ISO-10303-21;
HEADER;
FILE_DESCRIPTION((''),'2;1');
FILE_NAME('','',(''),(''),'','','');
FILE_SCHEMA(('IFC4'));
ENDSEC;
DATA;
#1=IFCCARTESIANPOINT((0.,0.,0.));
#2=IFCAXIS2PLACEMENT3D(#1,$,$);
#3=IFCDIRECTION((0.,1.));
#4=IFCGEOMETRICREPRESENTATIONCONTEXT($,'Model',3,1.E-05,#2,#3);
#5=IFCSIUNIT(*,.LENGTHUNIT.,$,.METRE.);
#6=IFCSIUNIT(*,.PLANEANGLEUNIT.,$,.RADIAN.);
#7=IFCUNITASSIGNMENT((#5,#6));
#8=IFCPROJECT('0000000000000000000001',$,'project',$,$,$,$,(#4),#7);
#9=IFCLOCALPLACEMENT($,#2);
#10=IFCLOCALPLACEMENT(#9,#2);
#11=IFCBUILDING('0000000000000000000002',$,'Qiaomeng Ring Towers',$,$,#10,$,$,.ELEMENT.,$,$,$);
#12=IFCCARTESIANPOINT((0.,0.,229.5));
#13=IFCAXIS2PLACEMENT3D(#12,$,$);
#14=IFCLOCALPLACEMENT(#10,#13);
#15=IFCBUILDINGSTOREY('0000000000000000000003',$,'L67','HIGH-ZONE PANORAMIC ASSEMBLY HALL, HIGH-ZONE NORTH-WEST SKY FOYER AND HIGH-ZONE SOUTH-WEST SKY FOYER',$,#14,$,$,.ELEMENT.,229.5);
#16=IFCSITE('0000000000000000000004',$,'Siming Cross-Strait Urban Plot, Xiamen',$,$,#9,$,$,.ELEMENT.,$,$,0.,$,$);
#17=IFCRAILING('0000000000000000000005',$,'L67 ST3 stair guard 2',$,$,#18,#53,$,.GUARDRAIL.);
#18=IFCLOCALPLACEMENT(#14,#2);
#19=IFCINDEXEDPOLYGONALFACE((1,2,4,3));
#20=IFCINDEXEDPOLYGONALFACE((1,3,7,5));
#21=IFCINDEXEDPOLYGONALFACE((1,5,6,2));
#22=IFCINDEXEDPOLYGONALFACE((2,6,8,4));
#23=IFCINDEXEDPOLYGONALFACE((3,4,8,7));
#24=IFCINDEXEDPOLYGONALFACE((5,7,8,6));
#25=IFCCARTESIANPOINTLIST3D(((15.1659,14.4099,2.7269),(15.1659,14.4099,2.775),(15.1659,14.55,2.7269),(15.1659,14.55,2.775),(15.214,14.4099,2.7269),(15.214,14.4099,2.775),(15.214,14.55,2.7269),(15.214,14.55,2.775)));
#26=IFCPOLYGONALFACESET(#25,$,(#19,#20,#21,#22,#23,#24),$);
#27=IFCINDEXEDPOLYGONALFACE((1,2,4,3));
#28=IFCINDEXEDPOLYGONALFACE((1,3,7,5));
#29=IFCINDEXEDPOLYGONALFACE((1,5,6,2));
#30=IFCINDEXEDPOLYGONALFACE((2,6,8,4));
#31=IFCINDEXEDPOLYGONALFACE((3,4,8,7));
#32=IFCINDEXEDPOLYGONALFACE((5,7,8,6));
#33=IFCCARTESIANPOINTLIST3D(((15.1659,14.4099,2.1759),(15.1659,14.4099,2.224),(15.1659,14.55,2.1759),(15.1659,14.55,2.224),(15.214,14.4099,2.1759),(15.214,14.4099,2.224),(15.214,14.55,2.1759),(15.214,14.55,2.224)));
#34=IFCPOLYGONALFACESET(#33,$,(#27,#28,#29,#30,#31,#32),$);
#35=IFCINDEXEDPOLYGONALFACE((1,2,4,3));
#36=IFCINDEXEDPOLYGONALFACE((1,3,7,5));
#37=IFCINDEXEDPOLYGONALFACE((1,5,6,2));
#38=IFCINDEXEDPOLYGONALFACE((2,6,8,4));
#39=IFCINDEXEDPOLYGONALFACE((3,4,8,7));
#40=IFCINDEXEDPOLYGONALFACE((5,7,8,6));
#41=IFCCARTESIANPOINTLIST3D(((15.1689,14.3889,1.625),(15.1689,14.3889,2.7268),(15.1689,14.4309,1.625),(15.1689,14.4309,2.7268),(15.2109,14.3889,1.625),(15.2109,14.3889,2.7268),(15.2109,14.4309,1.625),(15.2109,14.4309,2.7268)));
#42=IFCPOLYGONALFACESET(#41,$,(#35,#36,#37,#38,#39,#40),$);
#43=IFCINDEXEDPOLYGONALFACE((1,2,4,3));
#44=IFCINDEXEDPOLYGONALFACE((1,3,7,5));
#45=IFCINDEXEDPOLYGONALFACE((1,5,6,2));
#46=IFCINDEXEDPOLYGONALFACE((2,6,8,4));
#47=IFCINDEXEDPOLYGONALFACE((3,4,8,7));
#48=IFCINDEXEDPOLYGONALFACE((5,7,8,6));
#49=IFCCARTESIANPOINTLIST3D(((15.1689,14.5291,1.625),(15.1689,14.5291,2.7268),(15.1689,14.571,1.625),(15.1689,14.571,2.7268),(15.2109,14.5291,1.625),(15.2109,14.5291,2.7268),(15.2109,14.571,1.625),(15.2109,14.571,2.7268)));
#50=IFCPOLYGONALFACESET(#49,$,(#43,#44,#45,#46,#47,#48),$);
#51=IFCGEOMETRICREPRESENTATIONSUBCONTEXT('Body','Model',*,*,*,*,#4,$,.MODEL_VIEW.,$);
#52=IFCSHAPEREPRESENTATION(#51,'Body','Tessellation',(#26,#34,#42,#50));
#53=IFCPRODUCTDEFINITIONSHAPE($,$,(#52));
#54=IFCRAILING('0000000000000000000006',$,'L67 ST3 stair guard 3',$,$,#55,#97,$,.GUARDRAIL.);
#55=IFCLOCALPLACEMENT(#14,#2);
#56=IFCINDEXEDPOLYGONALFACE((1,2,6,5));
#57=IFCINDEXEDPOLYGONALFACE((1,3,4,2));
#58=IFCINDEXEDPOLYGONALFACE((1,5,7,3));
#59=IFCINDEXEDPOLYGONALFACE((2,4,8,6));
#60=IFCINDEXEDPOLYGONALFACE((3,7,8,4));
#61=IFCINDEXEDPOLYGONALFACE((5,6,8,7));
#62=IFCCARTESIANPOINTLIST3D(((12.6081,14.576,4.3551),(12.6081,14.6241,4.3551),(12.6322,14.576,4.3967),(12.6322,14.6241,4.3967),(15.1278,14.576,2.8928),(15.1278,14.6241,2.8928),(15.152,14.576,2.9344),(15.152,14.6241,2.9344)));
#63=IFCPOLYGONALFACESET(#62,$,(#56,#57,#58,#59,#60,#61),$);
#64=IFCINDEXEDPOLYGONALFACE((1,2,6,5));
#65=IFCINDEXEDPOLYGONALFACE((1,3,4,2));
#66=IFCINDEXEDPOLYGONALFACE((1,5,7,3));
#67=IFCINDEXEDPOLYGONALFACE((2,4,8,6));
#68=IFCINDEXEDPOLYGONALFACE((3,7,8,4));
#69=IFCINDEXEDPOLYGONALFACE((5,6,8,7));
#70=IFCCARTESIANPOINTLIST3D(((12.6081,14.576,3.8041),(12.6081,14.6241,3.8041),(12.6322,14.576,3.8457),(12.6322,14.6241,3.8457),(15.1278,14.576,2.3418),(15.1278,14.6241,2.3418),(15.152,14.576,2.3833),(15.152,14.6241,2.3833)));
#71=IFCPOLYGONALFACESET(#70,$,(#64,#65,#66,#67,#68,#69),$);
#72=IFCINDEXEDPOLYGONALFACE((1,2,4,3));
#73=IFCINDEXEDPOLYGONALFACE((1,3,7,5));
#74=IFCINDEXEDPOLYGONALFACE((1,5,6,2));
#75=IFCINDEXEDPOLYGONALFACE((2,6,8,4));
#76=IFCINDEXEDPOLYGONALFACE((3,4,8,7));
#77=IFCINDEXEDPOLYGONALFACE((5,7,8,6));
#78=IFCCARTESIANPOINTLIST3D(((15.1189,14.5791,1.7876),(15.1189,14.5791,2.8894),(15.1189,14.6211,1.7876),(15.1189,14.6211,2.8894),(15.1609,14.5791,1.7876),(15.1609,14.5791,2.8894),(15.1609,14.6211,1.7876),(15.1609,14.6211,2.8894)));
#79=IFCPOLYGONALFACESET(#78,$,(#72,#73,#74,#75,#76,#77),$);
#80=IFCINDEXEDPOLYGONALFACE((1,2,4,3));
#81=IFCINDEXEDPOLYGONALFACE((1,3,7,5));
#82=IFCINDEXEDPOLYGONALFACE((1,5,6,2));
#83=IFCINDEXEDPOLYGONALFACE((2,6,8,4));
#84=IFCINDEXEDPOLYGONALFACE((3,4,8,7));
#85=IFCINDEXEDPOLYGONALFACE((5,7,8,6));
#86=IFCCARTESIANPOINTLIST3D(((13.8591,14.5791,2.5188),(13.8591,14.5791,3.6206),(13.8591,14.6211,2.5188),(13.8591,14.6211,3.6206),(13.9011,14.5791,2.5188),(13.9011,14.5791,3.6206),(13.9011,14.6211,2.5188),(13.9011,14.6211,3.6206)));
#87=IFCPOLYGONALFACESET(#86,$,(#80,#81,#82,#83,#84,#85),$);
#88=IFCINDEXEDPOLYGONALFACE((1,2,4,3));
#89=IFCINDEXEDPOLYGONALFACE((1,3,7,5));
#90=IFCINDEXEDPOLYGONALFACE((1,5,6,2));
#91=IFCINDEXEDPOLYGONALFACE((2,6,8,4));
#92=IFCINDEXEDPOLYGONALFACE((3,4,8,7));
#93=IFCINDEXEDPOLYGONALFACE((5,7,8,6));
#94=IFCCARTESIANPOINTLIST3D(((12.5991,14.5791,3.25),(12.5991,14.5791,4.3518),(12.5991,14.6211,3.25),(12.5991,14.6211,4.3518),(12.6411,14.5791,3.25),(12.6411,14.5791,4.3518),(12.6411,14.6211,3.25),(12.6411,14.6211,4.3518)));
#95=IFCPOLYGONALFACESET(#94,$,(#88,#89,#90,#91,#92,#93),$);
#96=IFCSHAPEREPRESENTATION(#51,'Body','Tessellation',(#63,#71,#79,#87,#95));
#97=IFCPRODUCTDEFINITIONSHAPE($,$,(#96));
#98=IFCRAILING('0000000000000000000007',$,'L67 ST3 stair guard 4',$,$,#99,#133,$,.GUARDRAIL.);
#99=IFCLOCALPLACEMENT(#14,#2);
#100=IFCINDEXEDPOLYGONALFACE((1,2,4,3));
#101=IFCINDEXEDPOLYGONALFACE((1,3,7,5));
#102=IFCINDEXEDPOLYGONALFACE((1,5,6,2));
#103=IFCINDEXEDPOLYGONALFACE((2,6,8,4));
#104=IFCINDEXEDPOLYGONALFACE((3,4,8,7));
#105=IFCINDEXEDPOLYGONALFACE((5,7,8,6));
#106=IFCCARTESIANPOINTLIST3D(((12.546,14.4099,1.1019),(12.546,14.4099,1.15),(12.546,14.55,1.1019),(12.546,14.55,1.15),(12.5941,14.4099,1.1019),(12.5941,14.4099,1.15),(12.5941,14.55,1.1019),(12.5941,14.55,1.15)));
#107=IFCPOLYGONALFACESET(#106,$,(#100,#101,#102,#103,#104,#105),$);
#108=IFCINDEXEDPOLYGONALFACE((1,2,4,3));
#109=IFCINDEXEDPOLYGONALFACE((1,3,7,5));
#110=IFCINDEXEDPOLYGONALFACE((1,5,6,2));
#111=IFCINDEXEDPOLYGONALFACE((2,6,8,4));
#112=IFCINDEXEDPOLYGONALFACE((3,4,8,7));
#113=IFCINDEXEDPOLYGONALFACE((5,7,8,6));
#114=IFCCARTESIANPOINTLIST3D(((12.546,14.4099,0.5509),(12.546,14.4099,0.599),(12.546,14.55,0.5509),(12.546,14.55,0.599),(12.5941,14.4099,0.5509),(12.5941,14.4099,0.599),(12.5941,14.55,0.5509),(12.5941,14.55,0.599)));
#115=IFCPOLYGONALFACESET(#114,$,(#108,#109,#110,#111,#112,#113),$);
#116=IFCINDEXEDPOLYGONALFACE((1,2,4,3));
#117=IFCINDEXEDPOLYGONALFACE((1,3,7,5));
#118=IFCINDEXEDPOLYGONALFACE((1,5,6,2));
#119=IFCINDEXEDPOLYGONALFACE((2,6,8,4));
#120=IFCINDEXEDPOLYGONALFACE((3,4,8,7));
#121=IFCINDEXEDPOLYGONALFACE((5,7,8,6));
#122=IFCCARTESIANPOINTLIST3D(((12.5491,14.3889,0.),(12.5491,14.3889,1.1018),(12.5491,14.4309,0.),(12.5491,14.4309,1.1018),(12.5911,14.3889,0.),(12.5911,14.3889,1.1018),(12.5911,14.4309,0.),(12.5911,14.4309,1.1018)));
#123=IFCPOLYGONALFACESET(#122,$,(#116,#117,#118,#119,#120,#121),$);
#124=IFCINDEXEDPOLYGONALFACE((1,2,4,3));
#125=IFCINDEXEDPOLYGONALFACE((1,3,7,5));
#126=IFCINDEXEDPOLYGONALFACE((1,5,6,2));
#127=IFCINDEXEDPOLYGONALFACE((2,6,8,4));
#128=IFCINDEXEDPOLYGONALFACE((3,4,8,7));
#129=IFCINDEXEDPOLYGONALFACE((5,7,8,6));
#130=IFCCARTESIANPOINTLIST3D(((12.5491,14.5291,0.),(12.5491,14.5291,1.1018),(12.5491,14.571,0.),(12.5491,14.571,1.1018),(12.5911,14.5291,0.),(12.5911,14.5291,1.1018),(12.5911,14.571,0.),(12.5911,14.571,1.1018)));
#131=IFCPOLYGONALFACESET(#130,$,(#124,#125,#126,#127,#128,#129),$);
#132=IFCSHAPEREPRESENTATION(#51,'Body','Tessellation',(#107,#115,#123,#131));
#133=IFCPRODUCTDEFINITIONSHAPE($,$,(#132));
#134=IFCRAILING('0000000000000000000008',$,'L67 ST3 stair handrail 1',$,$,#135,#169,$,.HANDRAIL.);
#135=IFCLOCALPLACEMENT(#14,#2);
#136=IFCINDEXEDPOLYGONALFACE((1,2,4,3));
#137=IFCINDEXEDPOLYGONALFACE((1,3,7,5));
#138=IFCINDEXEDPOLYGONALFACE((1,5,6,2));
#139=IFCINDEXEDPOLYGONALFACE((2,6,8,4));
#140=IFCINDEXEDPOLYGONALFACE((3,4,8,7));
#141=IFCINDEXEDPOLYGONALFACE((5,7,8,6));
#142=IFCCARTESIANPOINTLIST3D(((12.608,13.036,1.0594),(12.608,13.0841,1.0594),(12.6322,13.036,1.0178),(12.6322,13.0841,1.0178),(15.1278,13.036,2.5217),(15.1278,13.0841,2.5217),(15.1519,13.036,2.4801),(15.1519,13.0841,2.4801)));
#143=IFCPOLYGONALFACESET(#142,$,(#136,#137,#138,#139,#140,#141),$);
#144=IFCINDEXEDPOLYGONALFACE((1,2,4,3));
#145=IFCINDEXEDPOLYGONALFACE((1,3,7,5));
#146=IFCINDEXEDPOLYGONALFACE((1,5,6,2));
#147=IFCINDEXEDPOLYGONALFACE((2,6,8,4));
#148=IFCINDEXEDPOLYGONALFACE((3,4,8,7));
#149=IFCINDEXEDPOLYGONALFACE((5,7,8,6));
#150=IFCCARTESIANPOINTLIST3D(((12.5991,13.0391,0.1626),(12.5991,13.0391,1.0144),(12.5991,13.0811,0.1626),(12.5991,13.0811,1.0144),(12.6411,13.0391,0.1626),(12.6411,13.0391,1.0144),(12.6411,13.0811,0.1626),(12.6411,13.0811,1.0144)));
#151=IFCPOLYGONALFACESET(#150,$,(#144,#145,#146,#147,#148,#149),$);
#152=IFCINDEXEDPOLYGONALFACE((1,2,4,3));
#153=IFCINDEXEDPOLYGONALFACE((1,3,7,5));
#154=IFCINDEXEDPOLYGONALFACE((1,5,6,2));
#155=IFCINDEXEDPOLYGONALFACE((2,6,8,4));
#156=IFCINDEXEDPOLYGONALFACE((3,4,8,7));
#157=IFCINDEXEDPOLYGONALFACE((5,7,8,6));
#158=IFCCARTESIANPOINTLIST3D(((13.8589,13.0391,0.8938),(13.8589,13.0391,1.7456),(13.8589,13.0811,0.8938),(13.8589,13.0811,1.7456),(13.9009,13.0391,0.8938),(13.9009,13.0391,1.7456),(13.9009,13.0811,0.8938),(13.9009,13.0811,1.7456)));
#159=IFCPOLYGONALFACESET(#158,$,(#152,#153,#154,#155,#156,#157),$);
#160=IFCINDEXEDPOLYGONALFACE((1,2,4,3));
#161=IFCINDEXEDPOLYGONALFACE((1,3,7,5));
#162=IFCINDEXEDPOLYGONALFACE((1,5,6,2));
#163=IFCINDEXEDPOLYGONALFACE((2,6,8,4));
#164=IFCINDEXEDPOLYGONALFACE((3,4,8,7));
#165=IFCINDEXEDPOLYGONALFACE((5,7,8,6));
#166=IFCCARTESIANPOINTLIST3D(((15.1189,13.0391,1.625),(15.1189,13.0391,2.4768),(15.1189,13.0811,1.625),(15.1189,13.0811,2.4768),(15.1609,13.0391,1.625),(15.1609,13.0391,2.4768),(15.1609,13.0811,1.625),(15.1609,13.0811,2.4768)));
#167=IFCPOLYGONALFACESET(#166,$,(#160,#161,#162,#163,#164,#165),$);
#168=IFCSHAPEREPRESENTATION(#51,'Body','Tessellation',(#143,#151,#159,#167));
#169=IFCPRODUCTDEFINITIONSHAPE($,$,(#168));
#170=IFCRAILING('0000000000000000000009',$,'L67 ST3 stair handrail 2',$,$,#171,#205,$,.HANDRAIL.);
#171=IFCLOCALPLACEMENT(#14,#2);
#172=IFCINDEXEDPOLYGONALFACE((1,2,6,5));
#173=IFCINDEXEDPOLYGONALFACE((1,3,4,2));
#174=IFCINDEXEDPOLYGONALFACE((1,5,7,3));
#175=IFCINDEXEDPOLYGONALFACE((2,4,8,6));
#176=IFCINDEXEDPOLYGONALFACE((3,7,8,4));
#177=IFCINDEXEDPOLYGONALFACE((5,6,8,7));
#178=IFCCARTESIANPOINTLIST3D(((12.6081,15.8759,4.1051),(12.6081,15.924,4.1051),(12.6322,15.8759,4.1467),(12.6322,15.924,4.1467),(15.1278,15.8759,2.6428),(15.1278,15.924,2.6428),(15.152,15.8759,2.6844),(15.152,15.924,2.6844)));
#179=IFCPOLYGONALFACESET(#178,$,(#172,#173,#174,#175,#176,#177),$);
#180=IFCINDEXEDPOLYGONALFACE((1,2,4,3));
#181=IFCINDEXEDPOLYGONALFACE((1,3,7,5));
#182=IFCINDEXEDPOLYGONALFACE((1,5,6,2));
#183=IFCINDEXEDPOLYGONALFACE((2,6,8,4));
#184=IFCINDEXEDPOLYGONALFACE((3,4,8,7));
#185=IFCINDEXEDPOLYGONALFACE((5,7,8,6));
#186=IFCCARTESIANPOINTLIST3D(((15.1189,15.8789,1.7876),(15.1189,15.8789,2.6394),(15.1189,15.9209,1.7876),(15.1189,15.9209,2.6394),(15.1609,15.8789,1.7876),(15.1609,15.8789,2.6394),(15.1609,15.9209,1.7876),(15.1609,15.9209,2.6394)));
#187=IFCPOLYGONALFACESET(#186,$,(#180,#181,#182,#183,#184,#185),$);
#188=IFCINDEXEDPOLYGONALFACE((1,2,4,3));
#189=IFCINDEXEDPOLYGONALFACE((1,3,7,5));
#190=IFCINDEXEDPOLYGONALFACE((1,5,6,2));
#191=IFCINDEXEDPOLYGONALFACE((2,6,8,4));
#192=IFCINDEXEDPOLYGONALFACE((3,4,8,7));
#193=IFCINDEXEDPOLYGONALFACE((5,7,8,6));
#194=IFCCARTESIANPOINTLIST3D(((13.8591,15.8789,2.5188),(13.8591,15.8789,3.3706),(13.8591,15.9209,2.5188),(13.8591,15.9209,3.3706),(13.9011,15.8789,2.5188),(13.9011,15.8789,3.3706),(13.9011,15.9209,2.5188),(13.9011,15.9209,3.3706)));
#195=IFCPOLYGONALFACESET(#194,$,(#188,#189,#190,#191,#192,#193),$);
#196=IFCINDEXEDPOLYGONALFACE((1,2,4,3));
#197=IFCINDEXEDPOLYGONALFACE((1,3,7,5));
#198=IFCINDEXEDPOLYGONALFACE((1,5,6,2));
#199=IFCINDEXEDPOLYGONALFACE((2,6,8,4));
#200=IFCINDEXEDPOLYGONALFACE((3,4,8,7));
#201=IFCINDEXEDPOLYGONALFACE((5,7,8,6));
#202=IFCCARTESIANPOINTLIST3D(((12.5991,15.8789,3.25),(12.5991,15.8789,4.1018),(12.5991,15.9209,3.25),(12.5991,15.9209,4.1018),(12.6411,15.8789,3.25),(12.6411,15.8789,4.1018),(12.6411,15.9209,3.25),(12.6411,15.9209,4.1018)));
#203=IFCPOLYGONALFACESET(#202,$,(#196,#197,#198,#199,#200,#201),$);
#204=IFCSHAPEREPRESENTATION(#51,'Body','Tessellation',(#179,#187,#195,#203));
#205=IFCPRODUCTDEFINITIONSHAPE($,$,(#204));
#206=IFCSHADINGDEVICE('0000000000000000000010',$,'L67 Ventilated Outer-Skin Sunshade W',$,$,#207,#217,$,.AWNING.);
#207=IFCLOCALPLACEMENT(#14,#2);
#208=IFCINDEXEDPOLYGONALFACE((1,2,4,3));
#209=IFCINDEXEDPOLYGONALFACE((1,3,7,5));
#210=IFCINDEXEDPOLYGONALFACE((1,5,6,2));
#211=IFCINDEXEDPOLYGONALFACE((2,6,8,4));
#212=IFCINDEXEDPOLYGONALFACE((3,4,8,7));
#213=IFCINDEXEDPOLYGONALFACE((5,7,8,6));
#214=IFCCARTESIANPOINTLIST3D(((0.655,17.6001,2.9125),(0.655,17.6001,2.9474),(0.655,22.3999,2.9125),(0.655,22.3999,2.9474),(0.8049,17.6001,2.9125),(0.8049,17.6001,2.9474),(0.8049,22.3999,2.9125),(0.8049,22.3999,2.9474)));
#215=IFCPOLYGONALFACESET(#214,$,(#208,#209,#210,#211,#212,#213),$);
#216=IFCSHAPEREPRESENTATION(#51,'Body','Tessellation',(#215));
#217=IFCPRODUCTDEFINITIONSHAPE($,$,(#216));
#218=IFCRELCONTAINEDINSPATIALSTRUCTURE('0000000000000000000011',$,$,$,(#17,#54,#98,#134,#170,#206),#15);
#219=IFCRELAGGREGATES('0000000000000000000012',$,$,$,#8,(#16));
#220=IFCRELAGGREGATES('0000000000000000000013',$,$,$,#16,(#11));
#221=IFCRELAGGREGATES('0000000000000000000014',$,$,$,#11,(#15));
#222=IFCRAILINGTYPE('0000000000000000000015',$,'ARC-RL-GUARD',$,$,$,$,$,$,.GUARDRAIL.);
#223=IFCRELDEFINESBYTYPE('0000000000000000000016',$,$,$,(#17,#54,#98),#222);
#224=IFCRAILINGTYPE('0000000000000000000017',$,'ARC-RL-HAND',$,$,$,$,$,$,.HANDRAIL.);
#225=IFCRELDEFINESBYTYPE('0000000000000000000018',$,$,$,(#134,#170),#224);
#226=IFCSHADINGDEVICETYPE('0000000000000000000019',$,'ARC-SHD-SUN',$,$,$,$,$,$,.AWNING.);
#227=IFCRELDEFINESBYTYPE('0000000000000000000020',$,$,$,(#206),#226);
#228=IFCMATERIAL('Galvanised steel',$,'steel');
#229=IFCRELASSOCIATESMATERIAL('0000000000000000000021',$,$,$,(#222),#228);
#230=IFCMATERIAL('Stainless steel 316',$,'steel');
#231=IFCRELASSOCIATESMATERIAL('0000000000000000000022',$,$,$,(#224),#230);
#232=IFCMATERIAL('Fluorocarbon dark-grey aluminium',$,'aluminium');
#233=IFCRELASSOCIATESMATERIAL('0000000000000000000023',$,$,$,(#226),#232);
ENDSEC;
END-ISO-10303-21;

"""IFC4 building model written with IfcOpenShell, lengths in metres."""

from ifc_helpers import new_model, si_unit, direction, frame, origin, origin_2d, place, context, subcontext, project, spatial, rectangle, extrude, source, transform, mapped, material, material_profile, profile_set, type_object, element, save


model = new_model("IFC4")

# Units and contexts
model_context = context("Model", 3, precision=1e-05, world=origin(), true_north=direction((0.0, 1.0)))
body_context = subcontext(model_context, "Body", "Model", "MODEL_VIEW")
ifc_project = project(units=[si_unit("LENGTHUNIT", "METRE"), si_unit("PLANEANGLEUNIT", "RADIAN")], contexts=[model_context])

# Site, building, storey
site_placement = place(None, origin())
site = spatial("IfcSite", under=ifc_project, at=site_placement, Name="Siming Cross-Strait Urban Plot, Xiamen", CompositionType="ELEMENT", RefElevation=0.0)
building_placement = place(site_placement, origin())
building = spatial("IfcBuilding", under=site, at=building_placement, Name="Qiaomeng Ring Towers", CompositionType="ELEMENT")
storey_placement = place(building_placement, frame((0.0, 0.0, 229.5)))
storey = spatial("IfcBuildingStorey", under=building, at=storey_placement, Name="L67", Description="HIGH-ZONE PANORAMIC ASSEMBLY HALL, HIGH-ZONE NORTH-WEST SKY FOYER AND HIGH-ZONE SOUTH-WEST SKY FOYER", CompositionType="ELEMENT", Elevation=229.5)

# Shared definitions
ifc_material_1 = material(Name="Fluorocarbon dark-grey aluminium", Category="aluminium")

# Shared definitions
ifc_material_2 = material(Name="Galvanised steel", Category="steel")

# Railings
railing_type_1 = type_object("IfcRailingType", Name="ARC-RL-GUARD", PredefinedType="GUARDRAIL", material=ifc_material_2)
railing_1_placement = place(storey_placement, frame((15.1899, 14.4099, 1.625)))
element("IfcRailing", 1, at=railing_1_placement, inside=storey, type_object=railing_type_1, Name="L67 ST3 stair guard 2", PredefinedType="GUARDRAIL", context=body_context, shape_type="SweptSolid", body=[
    extrude(rectangle(XDim=0.0481, YDim=0.0481, at=origin_2d()), frame((0.0, 0.0, 1.126), z_axis=(0.0, 1.0, 0.0), x_axis=(-1.0, 0.0, 0.0)), (0.0, 0.0, 1.0), 0.1401),
    extrude(rectangle(XDim=0.0481, YDim=0.0481, at=origin_2d()), frame((0.0, 0.0, 0.575), z_axis=(0.0, 1.0, 0.0), x_axis=(-1.0, 0.0, 0.0)), (0.0, 0.0, 1.0), 0.1401),
    extrude(rectangle(XDim=0.042, YDim=0.042, at=origin_2d()), origin(), (0.0, 0.0, 1.0), 1.1018),
    extrude(rectangle(XDim=0.042, YDim=0.042, at=origin_2d()), frame((0.0, 0.1401, 0.0)), (0.0, 0.0, 1.0), 1.1018),
])
railing_2_placement = place(storey_placement, frame((15.1399, 14.6001, 1.7876)))
element("IfcRailing", 2, at=railing_2_placement, inside=storey, type_object=railing_type_1, Name="L67 ST3 stair guard 3", PredefinedType="GUARDRAIL", context=body_context, shape_type="SweptSolid", body=[
    extrude(rectangle(XDim=0.0481, YDim=0.0481, at=origin_2d()), frame((0.0, 0.0, 1.126), z_axis=(-0.864892, 0.0, 0.501958), x_axis=(0.0, -1.0, 0.0)), (0.0, 0.0, 1.0), 2.9133),
    extrude(rectangle(XDim=0.0481, YDim=0.0481, at=origin_2d()), frame((0.0, 0.0, 0.575), z_axis=(-0.864892, 0.0, 0.501958), x_axis=(0.0, -1.0, 0.0)), (0.0, 0.0, 1.0), 2.9133),
    extrude(rectangle(XDim=0.042, YDim=0.042, at=origin_2d()), origin(), (0.0, 0.0, 1.0), 1.1018),
    extrude(rectangle(XDim=0.042, YDim=0.042, at=origin_2d()), frame((-1.2598, 0.0, 0.7312)), (0.0, 0.0, 1.0), 1.1018),
    extrude(rectangle(XDim=0.042, YDim=0.042, at=origin_2d()), frame((-2.5198, 0.0, 1.4624)), (0.0, 0.0, 1.0), 1.1018),
])
railing_3_placement = place(storey_placement, frame((12.5701, 14.4099, 0.0)))
element("IfcRailing", 3, at=railing_3_placement, inside=storey, type_object=railing_type_1, Name="L67 ST3 stair guard 4", PredefinedType="GUARDRAIL", context=body_context, shape_type="SweptSolid", body=[
    extrude(rectangle(XDim=0.0481, YDim=0.0481, at=origin_2d()), frame((0.0, 0.0, 1.126), z_axis=(0.0, 1.0, 0.0), x_axis=(-1.0, 0.0, 0.0)), (0.0, 0.0, 1.0), 0.1401),
    extrude(rectangle(XDim=0.0481, YDim=0.0481, at=origin_2d()), frame((0.0, 0.0, 0.575), z_axis=(0.0, 1.0, 0.0), x_axis=(-1.0, 0.0, 0.0)), (0.0, 0.0, 1.0), 0.1401),
    extrude(rectangle(XDim=0.042, YDim=0.042, at=origin_2d()), origin(), (0.0, 0.0, 1.0), 1.1018),
    extrude(rectangle(XDim=0.042, YDim=0.042, at=origin_2d()), frame((0.0, 0.1401, 0.0)), (0.0, 0.0, 1.0), 1.1018),
])
ifc_material_3 = material(Name="Stainless steel 316", Category="steel")
railing_type_2 = type_object("IfcRailingType", Name="ARC-RL-HAND", PredefinedType="HANDRAIL", material=ifc_material_3)
railing_4_placement = place(storey_placement, frame((12.6201, 13.0601, 0.1626)))
element("IfcRailing", 4, at=railing_4_placement, inside=storey, type_object=railing_type_2, Name="L67 ST3 stair handrail 1", PredefinedType="HANDRAIL", context=body_context, shape_type="SweptSolid", body=[
    extrude(rectangle(XDim=0.0481, YDim=0.0481, at=origin_2d()), frame((0.0, 0.0, 0.876), z_axis=(0.864892, 0.0, 0.501958), x_axis=(0.0, 1.0, 0.0)), (0.0, 0.0, 1.0), 2.9133),
    extrude(rectangle(XDim=0.042, YDim=0.042, at=origin_2d()), origin(), (0.0, 0.0, 1.0), 0.8518),
    extrude(rectangle(XDim=0.042, YDim=0.042, at=origin_2d()), frame((1.2598, 0.0, 0.7312)), (0.0, 0.0, 1.0), 0.8518),
    extrude(rectangle(XDim=0.042, YDim=0.042, at=origin_2d()), frame((2.5198, 0.0, 1.4624)), (0.0, 0.0, 1.0), 0.8518),
])
railing_5_placement = place(storey_placement, frame((15.1399, 15.8999, 1.7876)))
element("IfcRailing", 5, at=railing_5_placement, inside=storey, type_object=railing_type_2, Name="L67 ST3 stair handrail 2", PredefinedType="HANDRAIL", context=body_context, shape_type="SweptSolid", body=[
    extrude(rectangle(XDim=0.0481, YDim=0.0481, at=origin_2d()), frame((0.0, 0.0, 0.876), z_axis=(-0.864892, 0.0, 0.501958), x_axis=(0.0, -1.0, 0.0)), (0.0, 0.0, 1.0), 2.9133),
    extrude(rectangle(XDim=0.042, YDim=0.042, at=origin_2d()), origin(), (0.0, 0.0, 1.0), 0.8518),
    extrude(rectangle(XDim=0.042, YDim=0.042, at=origin_2d()), frame((-1.2598, 0.0, 0.7312)), (0.0, 0.0, 1.0), 0.8518),
    extrude(rectangle(XDim=0.042, YDim=0.042, at=origin_2d()), frame((-2.5198, 0.0, 1.4624)), (0.0, 0.0, 1.0), 0.8518),
])

# Shading device
ifc_material_profile_1 = material_profile(ifc_material_1, rectangle(XDim=0.1499, YDim=0.0349, at=origin_2d()), Name="LV BLADE 150x35")
ifc_profile_set_1 = profile_set([ifc_material_profile_1], Name="Fluorocarbon dark-grey aluminium")
shading_device_type = type_object("IfcShadingDeviceType", Name="ARC-SHD-SUN", PredefinedType="AWNING", material=ifc_profile_set_1)
shared_shape_1 = source(origin(), body_context, "Body", "SweptSolid", [
    extrude(rectangle(XDim=0.1499, YDim=0.0349, at=origin_2d()), origin(), (0.0, 0.0, 1.0), 4.7998),
])
shading_device_placement = place(storey_placement, frame((0.73, 17.6001, 2.9299), z_axis=(0.0, 1.0, 0.0), x_axis=(-1.0, 0.0, 0.0)))
element("IfcShadingDevice", 6, at=shading_device_placement, inside=storey, type_object=shading_device_type, Name="L67 Ventilated Outer-Skin Sunshade W", PredefinedType="AWNING", context=body_context, shape_type="MappedRepresentation", body=[
    mapped(shared_shape_1, transform((0.0, 0.0, 0.0), x_axis=(1.0, 0.0, 0.0), y_axis=(0.0, 1.0, 0.0), z_axis=(0.0, 0.0, 1.0), scale=1.0)),
])

save(model, "model.ifc")
